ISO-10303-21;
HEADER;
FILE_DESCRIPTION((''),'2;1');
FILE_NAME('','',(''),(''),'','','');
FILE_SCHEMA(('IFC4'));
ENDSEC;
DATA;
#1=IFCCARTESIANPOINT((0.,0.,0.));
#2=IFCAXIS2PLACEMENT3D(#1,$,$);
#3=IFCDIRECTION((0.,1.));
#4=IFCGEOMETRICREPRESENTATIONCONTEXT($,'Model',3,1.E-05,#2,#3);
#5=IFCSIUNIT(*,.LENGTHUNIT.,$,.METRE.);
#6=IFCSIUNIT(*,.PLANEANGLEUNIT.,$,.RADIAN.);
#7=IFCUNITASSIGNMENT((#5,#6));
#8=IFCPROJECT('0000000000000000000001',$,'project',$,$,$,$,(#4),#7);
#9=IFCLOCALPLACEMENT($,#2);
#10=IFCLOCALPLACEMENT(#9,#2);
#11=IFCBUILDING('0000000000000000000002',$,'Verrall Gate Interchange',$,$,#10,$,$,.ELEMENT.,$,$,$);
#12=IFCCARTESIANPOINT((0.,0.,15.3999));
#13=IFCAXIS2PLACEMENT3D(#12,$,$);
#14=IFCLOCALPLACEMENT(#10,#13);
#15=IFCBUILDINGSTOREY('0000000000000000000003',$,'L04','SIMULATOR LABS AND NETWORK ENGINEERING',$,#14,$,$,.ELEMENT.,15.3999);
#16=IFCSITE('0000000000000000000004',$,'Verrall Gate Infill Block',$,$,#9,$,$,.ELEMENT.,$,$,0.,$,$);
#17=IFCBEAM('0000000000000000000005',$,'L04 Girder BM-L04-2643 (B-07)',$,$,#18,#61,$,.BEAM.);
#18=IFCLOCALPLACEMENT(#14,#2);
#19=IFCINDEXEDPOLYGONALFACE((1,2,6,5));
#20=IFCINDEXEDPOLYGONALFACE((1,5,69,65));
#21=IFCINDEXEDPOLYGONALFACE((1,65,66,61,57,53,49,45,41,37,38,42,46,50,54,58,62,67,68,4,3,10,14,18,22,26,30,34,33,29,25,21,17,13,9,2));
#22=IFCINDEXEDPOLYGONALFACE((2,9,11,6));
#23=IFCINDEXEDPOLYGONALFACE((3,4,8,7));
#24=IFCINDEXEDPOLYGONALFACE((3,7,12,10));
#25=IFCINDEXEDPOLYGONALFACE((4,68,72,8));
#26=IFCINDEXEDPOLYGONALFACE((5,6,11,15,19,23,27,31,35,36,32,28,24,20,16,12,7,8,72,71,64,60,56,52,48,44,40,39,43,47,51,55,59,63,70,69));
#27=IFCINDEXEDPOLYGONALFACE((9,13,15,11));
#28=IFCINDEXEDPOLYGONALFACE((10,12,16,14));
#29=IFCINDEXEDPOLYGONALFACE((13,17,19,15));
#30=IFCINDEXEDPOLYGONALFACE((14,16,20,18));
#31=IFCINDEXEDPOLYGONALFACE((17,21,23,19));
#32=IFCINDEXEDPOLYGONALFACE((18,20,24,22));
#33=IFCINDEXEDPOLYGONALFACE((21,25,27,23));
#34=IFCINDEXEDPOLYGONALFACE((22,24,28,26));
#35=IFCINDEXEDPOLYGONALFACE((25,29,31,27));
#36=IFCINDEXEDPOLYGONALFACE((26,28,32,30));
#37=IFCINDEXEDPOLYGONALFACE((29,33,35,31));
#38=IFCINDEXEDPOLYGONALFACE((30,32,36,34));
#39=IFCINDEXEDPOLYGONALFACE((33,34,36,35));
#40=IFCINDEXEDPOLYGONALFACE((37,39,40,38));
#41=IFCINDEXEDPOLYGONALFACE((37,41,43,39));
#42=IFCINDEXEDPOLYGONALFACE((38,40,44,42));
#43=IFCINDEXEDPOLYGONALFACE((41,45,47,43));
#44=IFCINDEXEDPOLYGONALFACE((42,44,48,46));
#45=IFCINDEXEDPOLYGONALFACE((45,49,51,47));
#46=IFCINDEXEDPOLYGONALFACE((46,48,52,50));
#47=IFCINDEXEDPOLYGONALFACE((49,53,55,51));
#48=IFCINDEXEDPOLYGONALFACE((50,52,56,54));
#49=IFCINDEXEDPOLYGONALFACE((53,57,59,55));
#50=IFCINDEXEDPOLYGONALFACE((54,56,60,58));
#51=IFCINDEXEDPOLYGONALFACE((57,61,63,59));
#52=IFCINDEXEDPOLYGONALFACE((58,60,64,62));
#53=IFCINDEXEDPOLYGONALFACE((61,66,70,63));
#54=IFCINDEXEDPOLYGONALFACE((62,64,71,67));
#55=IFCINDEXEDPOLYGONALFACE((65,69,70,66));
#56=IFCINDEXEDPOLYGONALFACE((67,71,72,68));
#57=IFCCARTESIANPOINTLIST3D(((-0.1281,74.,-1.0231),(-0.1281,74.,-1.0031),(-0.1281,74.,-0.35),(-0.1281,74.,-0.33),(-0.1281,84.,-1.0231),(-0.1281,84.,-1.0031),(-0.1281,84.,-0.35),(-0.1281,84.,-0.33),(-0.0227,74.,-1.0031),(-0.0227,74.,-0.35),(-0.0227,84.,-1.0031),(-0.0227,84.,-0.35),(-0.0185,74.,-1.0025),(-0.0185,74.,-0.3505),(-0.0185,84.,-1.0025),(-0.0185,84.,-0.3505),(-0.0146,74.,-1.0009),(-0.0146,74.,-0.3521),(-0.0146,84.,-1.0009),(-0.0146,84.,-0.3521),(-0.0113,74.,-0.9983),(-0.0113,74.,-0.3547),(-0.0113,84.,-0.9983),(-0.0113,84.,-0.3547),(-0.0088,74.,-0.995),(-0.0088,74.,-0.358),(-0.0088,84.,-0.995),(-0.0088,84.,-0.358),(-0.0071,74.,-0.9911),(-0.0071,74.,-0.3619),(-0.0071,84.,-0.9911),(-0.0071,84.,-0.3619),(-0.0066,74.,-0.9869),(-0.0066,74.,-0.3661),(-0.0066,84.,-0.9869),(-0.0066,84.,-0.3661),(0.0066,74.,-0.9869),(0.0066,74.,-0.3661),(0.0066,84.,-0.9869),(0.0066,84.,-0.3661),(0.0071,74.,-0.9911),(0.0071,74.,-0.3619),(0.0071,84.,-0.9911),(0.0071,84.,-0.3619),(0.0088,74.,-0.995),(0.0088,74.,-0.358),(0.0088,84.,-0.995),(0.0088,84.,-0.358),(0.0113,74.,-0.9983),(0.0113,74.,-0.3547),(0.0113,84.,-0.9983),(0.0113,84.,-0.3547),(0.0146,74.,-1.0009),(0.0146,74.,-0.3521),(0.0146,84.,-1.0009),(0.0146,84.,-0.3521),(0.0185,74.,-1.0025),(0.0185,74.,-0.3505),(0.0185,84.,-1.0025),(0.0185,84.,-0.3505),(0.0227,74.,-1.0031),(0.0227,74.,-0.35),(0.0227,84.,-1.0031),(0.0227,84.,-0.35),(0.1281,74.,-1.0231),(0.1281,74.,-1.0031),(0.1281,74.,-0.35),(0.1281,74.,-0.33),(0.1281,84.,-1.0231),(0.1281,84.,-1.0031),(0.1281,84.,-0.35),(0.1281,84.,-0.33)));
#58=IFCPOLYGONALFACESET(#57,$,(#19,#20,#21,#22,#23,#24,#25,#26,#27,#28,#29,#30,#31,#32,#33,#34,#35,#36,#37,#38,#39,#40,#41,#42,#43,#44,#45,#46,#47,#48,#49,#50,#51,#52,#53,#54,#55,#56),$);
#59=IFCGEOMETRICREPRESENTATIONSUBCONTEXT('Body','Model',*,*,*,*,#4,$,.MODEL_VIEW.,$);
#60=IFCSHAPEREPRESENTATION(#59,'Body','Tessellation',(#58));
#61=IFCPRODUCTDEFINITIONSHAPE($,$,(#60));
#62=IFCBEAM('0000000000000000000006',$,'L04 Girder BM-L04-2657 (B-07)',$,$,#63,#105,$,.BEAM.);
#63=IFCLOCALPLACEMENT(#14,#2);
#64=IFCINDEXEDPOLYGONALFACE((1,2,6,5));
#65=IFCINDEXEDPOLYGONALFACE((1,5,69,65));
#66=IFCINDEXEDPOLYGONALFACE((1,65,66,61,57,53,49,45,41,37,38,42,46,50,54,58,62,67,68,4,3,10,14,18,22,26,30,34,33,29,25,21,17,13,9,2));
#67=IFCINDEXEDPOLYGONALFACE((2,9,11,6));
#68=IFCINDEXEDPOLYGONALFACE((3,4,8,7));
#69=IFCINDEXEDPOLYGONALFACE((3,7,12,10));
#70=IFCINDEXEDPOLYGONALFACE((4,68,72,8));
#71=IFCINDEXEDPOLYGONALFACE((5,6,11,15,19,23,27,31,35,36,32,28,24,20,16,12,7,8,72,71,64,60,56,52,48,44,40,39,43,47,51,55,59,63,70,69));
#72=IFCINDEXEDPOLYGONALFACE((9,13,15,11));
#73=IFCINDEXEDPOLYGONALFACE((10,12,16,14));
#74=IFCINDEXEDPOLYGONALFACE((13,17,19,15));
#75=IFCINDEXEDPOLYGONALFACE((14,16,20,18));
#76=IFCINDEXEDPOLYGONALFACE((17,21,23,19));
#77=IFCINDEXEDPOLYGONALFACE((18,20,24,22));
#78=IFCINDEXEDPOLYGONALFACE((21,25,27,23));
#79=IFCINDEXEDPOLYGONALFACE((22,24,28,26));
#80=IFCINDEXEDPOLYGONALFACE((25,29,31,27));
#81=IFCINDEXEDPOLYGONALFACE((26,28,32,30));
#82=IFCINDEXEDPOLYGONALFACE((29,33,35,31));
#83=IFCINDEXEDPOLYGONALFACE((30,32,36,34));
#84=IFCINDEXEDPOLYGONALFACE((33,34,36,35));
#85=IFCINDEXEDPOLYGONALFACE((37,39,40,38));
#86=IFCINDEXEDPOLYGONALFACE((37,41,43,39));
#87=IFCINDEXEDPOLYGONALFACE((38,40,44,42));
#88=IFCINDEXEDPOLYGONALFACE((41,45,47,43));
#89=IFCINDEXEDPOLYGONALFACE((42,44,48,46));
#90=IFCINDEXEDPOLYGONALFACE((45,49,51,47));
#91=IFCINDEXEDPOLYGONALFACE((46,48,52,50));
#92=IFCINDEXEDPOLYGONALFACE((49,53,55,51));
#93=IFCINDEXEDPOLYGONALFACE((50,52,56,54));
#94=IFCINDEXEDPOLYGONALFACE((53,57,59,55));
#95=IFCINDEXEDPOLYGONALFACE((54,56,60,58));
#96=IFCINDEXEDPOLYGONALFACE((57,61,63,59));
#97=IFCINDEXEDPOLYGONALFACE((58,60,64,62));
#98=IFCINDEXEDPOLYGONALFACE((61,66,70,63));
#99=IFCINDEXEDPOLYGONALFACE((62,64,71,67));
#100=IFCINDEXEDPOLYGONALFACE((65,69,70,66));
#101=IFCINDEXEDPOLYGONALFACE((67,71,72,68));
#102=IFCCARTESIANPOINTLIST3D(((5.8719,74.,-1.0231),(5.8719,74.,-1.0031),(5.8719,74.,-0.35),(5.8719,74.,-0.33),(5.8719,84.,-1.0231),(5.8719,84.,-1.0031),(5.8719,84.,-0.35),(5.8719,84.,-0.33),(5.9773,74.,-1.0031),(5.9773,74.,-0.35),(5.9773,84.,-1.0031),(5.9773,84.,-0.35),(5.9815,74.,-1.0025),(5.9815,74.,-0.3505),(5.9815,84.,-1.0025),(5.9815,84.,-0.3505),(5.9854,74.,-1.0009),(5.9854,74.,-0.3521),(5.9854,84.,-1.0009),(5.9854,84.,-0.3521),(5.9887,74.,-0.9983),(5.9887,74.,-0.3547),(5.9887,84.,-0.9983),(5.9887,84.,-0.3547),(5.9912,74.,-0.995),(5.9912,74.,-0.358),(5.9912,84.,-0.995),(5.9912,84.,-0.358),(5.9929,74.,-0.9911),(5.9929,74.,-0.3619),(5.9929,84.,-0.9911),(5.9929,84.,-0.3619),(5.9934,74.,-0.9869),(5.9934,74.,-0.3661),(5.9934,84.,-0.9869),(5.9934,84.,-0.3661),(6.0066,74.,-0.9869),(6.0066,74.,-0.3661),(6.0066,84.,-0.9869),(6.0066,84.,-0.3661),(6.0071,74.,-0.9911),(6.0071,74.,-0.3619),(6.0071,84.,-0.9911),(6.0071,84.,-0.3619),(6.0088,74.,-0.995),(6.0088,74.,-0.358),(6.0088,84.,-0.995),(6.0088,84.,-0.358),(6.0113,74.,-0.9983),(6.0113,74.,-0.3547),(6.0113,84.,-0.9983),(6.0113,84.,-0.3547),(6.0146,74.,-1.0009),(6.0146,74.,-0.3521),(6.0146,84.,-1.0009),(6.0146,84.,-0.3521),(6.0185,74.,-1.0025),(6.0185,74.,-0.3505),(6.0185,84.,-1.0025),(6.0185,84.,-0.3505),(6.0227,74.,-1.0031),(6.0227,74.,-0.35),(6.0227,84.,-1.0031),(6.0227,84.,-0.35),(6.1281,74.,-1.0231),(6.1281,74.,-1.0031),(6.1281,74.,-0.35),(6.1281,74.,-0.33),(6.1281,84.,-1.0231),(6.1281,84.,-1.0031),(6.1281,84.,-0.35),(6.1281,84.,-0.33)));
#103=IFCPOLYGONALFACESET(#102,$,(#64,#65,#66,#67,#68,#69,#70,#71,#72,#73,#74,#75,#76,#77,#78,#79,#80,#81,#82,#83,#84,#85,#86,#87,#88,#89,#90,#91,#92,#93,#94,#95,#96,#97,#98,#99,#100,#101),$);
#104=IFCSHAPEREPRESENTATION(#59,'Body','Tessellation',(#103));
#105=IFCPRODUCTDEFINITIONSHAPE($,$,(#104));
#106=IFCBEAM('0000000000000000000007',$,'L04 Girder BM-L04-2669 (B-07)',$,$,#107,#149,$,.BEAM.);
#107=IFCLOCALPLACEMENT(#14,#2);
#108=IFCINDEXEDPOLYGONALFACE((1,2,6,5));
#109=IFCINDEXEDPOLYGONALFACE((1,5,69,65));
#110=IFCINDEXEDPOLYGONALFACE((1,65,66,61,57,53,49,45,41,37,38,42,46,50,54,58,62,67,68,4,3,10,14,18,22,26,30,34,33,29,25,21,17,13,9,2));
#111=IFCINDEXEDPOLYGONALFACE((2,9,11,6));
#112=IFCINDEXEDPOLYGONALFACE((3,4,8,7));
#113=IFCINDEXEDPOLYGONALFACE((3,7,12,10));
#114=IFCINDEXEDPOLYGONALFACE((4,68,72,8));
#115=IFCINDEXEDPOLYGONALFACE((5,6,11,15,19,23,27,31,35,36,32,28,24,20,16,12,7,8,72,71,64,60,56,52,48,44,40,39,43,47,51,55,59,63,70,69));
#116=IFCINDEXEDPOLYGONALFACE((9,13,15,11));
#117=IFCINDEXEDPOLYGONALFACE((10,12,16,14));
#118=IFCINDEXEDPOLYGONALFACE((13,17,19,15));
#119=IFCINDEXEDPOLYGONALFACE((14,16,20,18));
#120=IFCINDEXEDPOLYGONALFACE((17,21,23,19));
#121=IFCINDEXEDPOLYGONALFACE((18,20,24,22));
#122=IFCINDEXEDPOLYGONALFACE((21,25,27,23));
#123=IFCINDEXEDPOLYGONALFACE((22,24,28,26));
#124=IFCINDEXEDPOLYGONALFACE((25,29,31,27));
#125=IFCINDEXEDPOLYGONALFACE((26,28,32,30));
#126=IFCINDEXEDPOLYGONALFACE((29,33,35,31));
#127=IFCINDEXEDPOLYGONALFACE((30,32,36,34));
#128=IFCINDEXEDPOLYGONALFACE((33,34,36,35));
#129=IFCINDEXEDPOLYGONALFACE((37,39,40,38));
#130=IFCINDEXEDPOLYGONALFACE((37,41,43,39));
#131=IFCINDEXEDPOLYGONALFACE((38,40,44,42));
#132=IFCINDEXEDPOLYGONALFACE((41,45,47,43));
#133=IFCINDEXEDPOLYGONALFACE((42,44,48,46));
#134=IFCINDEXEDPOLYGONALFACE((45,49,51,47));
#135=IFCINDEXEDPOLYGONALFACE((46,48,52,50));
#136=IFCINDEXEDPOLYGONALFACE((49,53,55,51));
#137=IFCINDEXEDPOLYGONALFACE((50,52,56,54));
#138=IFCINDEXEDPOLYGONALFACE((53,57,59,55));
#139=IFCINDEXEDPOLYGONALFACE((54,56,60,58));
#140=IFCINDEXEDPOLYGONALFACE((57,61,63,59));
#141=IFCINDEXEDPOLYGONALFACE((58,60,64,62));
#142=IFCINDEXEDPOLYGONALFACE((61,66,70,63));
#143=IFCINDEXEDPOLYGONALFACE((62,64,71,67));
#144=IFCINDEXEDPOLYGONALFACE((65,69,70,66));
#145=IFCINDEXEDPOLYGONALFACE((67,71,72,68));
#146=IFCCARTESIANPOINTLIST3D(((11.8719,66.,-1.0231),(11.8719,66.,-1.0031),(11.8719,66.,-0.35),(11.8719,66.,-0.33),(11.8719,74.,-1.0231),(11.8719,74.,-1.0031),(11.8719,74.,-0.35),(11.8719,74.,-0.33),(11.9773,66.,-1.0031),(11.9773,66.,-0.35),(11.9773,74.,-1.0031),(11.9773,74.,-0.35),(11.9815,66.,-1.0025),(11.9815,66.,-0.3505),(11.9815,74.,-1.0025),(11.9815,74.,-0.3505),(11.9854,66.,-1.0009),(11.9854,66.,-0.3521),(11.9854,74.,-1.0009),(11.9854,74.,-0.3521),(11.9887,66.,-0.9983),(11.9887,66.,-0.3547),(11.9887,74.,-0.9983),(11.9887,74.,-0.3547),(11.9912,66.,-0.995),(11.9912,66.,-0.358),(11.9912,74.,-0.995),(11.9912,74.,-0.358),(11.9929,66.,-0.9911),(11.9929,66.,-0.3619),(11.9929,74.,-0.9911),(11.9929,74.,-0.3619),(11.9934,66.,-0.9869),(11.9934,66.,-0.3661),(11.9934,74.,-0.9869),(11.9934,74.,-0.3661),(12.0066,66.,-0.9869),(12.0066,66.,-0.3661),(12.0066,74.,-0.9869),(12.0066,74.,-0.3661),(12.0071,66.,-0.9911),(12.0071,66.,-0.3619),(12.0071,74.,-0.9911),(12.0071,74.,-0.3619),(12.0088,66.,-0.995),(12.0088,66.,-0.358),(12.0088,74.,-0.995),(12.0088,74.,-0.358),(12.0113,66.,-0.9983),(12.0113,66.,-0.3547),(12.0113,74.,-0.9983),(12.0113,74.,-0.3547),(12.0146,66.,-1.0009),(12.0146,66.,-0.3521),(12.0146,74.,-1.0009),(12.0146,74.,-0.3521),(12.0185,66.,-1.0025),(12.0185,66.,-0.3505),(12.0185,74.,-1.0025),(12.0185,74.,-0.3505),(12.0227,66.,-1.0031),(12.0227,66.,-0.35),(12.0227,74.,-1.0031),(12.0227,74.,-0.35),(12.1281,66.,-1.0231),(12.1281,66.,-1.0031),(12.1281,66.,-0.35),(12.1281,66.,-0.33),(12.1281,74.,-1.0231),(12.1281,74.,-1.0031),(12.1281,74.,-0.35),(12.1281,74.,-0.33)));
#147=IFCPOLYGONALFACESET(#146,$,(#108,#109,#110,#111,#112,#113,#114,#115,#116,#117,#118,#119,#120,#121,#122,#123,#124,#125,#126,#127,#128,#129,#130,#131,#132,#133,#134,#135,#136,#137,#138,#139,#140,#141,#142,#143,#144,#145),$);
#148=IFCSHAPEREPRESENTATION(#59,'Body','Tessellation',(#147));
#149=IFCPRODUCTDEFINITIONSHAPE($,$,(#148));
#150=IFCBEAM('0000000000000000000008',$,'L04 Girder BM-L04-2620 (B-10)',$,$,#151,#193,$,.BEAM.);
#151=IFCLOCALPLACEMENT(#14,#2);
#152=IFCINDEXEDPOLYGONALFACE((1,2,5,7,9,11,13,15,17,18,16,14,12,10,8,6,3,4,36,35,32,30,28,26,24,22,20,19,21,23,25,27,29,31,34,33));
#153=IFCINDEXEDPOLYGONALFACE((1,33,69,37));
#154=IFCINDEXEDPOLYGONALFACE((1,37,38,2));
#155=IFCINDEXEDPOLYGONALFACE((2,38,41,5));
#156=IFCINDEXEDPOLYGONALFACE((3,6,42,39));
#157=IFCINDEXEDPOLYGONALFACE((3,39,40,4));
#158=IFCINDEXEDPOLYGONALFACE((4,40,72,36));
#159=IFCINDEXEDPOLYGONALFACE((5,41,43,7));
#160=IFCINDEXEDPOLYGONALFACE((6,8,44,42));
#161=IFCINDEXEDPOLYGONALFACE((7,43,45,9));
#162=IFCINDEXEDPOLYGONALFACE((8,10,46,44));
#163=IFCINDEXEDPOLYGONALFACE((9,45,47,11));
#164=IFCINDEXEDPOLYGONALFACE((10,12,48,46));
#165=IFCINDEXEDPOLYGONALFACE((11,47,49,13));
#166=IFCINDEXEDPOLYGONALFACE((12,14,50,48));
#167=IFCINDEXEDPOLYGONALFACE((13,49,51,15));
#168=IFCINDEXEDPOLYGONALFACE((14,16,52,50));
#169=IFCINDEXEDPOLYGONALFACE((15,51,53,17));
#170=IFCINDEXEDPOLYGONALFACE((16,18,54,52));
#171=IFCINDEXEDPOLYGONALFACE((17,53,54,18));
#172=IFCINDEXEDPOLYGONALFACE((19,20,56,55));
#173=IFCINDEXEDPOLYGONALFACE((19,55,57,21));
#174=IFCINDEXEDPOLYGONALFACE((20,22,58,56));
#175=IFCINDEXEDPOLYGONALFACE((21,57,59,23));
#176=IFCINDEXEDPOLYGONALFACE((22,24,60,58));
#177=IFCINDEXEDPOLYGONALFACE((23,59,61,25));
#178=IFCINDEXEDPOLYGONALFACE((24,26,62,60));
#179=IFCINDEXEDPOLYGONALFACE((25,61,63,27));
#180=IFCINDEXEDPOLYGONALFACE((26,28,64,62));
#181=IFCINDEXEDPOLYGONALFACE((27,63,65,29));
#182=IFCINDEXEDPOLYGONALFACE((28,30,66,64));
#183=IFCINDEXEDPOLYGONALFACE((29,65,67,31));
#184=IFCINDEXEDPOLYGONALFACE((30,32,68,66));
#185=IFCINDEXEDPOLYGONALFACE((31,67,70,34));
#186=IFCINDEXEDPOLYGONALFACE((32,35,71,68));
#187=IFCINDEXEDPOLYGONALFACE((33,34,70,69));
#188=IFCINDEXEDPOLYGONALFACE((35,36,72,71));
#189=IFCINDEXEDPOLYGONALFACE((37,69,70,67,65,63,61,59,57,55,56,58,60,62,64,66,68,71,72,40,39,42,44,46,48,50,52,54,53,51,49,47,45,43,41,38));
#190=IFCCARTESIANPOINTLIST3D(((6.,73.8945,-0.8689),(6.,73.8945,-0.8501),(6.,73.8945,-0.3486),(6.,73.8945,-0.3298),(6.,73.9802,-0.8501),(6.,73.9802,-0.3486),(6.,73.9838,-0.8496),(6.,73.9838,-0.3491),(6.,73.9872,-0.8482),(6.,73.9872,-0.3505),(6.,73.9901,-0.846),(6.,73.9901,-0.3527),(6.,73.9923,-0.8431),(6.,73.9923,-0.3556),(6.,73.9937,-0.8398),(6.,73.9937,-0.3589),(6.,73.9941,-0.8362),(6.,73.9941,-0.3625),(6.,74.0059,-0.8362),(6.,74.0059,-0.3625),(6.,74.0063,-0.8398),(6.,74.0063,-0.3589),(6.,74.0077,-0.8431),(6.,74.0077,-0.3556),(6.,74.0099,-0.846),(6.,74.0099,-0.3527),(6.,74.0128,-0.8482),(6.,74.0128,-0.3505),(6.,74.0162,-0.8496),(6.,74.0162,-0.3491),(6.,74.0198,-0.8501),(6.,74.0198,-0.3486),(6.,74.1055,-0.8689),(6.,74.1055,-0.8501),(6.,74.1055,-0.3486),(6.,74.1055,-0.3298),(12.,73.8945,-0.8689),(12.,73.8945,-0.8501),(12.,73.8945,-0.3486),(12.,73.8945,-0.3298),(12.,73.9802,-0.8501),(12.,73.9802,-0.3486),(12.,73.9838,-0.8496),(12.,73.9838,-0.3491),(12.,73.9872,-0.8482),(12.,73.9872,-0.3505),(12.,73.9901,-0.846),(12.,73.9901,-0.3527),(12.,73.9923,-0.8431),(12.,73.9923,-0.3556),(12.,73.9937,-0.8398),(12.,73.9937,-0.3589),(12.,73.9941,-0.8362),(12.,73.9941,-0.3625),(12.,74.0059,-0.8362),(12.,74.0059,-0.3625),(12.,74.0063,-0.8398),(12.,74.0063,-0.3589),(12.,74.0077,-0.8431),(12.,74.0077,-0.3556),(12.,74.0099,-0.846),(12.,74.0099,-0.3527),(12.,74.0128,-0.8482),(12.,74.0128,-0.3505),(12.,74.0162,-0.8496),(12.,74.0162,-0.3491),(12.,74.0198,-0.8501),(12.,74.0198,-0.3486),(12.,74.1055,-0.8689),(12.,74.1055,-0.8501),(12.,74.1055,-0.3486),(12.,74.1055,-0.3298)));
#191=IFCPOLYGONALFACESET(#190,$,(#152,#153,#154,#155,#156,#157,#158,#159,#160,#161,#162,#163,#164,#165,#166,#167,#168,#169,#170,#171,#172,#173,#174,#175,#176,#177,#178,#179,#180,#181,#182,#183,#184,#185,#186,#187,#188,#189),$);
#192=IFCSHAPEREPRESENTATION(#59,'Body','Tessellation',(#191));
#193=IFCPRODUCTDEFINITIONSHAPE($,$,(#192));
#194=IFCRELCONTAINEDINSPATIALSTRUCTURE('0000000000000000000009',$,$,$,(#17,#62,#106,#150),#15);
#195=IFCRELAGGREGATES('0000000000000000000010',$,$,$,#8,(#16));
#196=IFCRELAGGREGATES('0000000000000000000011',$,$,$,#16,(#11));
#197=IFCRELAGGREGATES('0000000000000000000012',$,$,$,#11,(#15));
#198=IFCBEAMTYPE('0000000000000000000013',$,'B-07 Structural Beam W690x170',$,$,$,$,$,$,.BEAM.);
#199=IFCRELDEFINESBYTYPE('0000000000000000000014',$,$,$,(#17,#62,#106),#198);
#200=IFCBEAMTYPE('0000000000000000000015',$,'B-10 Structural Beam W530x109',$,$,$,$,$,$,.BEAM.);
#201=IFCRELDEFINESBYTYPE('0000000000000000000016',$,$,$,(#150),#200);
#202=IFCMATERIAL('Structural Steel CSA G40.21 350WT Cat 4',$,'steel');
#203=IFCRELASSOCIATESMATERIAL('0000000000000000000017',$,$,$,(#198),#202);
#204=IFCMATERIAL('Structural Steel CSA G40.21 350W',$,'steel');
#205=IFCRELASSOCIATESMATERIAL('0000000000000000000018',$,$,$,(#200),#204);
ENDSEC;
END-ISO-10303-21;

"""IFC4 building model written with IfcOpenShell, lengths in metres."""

from ifc_helpers import new_model, si_unit, direction, frame, origin, origin_2d, place, context, subcontext, project, spatial, i_section, extrude, material, material_profile, profile_set, type_object, element, save


model = new_model("IFC4")

# Units and contexts
model_context = context("Model", 3, precision=1e-05, world=origin(), true_north=direction((0.0, 1.0)))
body_context = subcontext(model_context, "Body", "Model", "MODEL_VIEW")
ifc_project = project(units=[si_unit("LENGTHUNIT", "METRE"), si_unit("PLANEANGLEUNIT", "RADIAN")], contexts=[model_context])

# Site, building, storey
site_placement = place(None, origin())
site = spatial("IfcSite", under=ifc_project, at=site_placement, Name="Verrall Gate Infill Block", CompositionType="ELEMENT", RefElevation=0.0)
building_placement = place(site_placement, origin())
building = spatial("IfcBuilding", under=site, at=building_placement, Name="Verrall Gate Interchange", CompositionType="ELEMENT")
storey_placement = place(building_placement, frame((0.0, 0.0, 15.3999)))
storey = spatial("IfcBuildingStorey", under=building, at=storey_placement, Name="L04", Description="SIMULATOR LABS AND NETWORK ENGINEERING", CompositionType="ELEMENT", Elevation=15.3999)

# Beams
ifc_material_1 = material(Name="Structural Steel CSA G40.21 350WT Cat 4", Category="steel")
ifc_material_profile_1 = material_profile(ifc_material_1, i_section(OverallWidth=0.2561, OverallDepth=0.6931, WebThickness=0.0132, FlangeThickness=0.02, FilletRadius=0.0161, at=origin_2d()), Name="W690x170")
ifc_profile_set_1 = profile_set([ifc_material_profile_1], Name="Structural Steel CSA G40.21 350WT Cat 4")
beam_type_1 = type_object("IfcBeamType", Name="B-07 Structural Beam W690x170", PredefinedType="BEAM", material=ifc_profile_set_1)
for number, where, z_axis, x_axis, name in (
    (1, (0.0, 74.0, -0.6765), (0.0, 1.0, 0.0), (-1.0, 0.0, 0.0), "L04 Girder BM-L04-2643 (B-07)"),
    (2, (6.0, 74.0, -0.6765), (0.0, 1.0, 0.0), (-1.0, 0.0, 0.0), "L04 Girder BM-L04-2657 (B-07)"),
):
    element("IfcBeam", number, at=place(storey_placement, frame(where, z_axis=z_axis, x_axis=x_axis)), inside=storey, type_object=beam_type_1, Name=name, PredefinedType="BEAM", context=body_context, shape_type="SweptSolid", body=[
        extrude(i_section(OverallWidth=0.2561, OverallDepth=0.6931, WebThickness=0.0132, FlangeThickness=0.02, FilletRadius=0.0161, at=origin_2d()), origin(), (0.0, 0.0, 1.0), 10.0),
    ])
beam_1_placement = place(storey_placement, frame((12.0, 66.0, -0.6765), z_axis=(0.0, 1.0, 0.0), x_axis=(-1.0, 0.0, 0.0)))
element("IfcBeam", 3, at=beam_1_placement, inside=storey, type_object=beam_type_1, Name="L04 Girder BM-L04-2669 (B-07)", PredefinedType="BEAM", context=body_context, shape_type="SweptSolid", body=[
    extrude(i_section(OverallWidth=0.2561, OverallDepth=0.6931, WebThickness=0.0132, FlangeThickness=0.02, FilletRadius=0.0161, at=origin_2d()), origin(), (0.0, 0.0, 1.0), 8.0),
])
ifc_material_2 = material(Name="Structural Steel CSA G40.21 350W", Category="steel")
ifc_material_profile_2 = material_profile(ifc_material_2, i_section(OverallWidth=0.2109, OverallDepth=0.5391, WebThickness=0.0117, FlangeThickness=0.0188, FilletRadius=0.0139, at=origin_2d()), Name="W530x109")
ifc_profile_set_2 = profile_set([ifc_material_profile_2], Name="Structural Steel CSA G40.21 350W")
beam_type_2 = type_object("IfcBeamType", Name="B-10 Structural Beam W530x109", PredefinedType="BEAM", material=ifc_profile_set_2)
for number, where, z_axis, x_axis, name in (
    (4, (6.0, 74.0, -0.5994), (1.0, 0.0, 0.0), (0.0, 1.0, 0.0), "L04 Girder BM-L04-2620 (B-10)"),
):
    element("IfcBeam", number, at=place(storey_placement, frame(where, z_axis=z_axis, x_axis=x_axis)), inside=storey, type_object=beam_type_2, Name=name, PredefinedType="BEAM", context=body_context, shape_type="SweptSolid", body=[
        extrude(i_section(OverallWidth=0.2109, OverallDepth=0.5391, WebThickness=0.0117, FlangeThickness=0.0188, FilletRadius=0.0139, at=origin_2d()), origin(), (0.0, 0.0, 1.0), 6.0),
    ])

save(model, "model.ifc")
